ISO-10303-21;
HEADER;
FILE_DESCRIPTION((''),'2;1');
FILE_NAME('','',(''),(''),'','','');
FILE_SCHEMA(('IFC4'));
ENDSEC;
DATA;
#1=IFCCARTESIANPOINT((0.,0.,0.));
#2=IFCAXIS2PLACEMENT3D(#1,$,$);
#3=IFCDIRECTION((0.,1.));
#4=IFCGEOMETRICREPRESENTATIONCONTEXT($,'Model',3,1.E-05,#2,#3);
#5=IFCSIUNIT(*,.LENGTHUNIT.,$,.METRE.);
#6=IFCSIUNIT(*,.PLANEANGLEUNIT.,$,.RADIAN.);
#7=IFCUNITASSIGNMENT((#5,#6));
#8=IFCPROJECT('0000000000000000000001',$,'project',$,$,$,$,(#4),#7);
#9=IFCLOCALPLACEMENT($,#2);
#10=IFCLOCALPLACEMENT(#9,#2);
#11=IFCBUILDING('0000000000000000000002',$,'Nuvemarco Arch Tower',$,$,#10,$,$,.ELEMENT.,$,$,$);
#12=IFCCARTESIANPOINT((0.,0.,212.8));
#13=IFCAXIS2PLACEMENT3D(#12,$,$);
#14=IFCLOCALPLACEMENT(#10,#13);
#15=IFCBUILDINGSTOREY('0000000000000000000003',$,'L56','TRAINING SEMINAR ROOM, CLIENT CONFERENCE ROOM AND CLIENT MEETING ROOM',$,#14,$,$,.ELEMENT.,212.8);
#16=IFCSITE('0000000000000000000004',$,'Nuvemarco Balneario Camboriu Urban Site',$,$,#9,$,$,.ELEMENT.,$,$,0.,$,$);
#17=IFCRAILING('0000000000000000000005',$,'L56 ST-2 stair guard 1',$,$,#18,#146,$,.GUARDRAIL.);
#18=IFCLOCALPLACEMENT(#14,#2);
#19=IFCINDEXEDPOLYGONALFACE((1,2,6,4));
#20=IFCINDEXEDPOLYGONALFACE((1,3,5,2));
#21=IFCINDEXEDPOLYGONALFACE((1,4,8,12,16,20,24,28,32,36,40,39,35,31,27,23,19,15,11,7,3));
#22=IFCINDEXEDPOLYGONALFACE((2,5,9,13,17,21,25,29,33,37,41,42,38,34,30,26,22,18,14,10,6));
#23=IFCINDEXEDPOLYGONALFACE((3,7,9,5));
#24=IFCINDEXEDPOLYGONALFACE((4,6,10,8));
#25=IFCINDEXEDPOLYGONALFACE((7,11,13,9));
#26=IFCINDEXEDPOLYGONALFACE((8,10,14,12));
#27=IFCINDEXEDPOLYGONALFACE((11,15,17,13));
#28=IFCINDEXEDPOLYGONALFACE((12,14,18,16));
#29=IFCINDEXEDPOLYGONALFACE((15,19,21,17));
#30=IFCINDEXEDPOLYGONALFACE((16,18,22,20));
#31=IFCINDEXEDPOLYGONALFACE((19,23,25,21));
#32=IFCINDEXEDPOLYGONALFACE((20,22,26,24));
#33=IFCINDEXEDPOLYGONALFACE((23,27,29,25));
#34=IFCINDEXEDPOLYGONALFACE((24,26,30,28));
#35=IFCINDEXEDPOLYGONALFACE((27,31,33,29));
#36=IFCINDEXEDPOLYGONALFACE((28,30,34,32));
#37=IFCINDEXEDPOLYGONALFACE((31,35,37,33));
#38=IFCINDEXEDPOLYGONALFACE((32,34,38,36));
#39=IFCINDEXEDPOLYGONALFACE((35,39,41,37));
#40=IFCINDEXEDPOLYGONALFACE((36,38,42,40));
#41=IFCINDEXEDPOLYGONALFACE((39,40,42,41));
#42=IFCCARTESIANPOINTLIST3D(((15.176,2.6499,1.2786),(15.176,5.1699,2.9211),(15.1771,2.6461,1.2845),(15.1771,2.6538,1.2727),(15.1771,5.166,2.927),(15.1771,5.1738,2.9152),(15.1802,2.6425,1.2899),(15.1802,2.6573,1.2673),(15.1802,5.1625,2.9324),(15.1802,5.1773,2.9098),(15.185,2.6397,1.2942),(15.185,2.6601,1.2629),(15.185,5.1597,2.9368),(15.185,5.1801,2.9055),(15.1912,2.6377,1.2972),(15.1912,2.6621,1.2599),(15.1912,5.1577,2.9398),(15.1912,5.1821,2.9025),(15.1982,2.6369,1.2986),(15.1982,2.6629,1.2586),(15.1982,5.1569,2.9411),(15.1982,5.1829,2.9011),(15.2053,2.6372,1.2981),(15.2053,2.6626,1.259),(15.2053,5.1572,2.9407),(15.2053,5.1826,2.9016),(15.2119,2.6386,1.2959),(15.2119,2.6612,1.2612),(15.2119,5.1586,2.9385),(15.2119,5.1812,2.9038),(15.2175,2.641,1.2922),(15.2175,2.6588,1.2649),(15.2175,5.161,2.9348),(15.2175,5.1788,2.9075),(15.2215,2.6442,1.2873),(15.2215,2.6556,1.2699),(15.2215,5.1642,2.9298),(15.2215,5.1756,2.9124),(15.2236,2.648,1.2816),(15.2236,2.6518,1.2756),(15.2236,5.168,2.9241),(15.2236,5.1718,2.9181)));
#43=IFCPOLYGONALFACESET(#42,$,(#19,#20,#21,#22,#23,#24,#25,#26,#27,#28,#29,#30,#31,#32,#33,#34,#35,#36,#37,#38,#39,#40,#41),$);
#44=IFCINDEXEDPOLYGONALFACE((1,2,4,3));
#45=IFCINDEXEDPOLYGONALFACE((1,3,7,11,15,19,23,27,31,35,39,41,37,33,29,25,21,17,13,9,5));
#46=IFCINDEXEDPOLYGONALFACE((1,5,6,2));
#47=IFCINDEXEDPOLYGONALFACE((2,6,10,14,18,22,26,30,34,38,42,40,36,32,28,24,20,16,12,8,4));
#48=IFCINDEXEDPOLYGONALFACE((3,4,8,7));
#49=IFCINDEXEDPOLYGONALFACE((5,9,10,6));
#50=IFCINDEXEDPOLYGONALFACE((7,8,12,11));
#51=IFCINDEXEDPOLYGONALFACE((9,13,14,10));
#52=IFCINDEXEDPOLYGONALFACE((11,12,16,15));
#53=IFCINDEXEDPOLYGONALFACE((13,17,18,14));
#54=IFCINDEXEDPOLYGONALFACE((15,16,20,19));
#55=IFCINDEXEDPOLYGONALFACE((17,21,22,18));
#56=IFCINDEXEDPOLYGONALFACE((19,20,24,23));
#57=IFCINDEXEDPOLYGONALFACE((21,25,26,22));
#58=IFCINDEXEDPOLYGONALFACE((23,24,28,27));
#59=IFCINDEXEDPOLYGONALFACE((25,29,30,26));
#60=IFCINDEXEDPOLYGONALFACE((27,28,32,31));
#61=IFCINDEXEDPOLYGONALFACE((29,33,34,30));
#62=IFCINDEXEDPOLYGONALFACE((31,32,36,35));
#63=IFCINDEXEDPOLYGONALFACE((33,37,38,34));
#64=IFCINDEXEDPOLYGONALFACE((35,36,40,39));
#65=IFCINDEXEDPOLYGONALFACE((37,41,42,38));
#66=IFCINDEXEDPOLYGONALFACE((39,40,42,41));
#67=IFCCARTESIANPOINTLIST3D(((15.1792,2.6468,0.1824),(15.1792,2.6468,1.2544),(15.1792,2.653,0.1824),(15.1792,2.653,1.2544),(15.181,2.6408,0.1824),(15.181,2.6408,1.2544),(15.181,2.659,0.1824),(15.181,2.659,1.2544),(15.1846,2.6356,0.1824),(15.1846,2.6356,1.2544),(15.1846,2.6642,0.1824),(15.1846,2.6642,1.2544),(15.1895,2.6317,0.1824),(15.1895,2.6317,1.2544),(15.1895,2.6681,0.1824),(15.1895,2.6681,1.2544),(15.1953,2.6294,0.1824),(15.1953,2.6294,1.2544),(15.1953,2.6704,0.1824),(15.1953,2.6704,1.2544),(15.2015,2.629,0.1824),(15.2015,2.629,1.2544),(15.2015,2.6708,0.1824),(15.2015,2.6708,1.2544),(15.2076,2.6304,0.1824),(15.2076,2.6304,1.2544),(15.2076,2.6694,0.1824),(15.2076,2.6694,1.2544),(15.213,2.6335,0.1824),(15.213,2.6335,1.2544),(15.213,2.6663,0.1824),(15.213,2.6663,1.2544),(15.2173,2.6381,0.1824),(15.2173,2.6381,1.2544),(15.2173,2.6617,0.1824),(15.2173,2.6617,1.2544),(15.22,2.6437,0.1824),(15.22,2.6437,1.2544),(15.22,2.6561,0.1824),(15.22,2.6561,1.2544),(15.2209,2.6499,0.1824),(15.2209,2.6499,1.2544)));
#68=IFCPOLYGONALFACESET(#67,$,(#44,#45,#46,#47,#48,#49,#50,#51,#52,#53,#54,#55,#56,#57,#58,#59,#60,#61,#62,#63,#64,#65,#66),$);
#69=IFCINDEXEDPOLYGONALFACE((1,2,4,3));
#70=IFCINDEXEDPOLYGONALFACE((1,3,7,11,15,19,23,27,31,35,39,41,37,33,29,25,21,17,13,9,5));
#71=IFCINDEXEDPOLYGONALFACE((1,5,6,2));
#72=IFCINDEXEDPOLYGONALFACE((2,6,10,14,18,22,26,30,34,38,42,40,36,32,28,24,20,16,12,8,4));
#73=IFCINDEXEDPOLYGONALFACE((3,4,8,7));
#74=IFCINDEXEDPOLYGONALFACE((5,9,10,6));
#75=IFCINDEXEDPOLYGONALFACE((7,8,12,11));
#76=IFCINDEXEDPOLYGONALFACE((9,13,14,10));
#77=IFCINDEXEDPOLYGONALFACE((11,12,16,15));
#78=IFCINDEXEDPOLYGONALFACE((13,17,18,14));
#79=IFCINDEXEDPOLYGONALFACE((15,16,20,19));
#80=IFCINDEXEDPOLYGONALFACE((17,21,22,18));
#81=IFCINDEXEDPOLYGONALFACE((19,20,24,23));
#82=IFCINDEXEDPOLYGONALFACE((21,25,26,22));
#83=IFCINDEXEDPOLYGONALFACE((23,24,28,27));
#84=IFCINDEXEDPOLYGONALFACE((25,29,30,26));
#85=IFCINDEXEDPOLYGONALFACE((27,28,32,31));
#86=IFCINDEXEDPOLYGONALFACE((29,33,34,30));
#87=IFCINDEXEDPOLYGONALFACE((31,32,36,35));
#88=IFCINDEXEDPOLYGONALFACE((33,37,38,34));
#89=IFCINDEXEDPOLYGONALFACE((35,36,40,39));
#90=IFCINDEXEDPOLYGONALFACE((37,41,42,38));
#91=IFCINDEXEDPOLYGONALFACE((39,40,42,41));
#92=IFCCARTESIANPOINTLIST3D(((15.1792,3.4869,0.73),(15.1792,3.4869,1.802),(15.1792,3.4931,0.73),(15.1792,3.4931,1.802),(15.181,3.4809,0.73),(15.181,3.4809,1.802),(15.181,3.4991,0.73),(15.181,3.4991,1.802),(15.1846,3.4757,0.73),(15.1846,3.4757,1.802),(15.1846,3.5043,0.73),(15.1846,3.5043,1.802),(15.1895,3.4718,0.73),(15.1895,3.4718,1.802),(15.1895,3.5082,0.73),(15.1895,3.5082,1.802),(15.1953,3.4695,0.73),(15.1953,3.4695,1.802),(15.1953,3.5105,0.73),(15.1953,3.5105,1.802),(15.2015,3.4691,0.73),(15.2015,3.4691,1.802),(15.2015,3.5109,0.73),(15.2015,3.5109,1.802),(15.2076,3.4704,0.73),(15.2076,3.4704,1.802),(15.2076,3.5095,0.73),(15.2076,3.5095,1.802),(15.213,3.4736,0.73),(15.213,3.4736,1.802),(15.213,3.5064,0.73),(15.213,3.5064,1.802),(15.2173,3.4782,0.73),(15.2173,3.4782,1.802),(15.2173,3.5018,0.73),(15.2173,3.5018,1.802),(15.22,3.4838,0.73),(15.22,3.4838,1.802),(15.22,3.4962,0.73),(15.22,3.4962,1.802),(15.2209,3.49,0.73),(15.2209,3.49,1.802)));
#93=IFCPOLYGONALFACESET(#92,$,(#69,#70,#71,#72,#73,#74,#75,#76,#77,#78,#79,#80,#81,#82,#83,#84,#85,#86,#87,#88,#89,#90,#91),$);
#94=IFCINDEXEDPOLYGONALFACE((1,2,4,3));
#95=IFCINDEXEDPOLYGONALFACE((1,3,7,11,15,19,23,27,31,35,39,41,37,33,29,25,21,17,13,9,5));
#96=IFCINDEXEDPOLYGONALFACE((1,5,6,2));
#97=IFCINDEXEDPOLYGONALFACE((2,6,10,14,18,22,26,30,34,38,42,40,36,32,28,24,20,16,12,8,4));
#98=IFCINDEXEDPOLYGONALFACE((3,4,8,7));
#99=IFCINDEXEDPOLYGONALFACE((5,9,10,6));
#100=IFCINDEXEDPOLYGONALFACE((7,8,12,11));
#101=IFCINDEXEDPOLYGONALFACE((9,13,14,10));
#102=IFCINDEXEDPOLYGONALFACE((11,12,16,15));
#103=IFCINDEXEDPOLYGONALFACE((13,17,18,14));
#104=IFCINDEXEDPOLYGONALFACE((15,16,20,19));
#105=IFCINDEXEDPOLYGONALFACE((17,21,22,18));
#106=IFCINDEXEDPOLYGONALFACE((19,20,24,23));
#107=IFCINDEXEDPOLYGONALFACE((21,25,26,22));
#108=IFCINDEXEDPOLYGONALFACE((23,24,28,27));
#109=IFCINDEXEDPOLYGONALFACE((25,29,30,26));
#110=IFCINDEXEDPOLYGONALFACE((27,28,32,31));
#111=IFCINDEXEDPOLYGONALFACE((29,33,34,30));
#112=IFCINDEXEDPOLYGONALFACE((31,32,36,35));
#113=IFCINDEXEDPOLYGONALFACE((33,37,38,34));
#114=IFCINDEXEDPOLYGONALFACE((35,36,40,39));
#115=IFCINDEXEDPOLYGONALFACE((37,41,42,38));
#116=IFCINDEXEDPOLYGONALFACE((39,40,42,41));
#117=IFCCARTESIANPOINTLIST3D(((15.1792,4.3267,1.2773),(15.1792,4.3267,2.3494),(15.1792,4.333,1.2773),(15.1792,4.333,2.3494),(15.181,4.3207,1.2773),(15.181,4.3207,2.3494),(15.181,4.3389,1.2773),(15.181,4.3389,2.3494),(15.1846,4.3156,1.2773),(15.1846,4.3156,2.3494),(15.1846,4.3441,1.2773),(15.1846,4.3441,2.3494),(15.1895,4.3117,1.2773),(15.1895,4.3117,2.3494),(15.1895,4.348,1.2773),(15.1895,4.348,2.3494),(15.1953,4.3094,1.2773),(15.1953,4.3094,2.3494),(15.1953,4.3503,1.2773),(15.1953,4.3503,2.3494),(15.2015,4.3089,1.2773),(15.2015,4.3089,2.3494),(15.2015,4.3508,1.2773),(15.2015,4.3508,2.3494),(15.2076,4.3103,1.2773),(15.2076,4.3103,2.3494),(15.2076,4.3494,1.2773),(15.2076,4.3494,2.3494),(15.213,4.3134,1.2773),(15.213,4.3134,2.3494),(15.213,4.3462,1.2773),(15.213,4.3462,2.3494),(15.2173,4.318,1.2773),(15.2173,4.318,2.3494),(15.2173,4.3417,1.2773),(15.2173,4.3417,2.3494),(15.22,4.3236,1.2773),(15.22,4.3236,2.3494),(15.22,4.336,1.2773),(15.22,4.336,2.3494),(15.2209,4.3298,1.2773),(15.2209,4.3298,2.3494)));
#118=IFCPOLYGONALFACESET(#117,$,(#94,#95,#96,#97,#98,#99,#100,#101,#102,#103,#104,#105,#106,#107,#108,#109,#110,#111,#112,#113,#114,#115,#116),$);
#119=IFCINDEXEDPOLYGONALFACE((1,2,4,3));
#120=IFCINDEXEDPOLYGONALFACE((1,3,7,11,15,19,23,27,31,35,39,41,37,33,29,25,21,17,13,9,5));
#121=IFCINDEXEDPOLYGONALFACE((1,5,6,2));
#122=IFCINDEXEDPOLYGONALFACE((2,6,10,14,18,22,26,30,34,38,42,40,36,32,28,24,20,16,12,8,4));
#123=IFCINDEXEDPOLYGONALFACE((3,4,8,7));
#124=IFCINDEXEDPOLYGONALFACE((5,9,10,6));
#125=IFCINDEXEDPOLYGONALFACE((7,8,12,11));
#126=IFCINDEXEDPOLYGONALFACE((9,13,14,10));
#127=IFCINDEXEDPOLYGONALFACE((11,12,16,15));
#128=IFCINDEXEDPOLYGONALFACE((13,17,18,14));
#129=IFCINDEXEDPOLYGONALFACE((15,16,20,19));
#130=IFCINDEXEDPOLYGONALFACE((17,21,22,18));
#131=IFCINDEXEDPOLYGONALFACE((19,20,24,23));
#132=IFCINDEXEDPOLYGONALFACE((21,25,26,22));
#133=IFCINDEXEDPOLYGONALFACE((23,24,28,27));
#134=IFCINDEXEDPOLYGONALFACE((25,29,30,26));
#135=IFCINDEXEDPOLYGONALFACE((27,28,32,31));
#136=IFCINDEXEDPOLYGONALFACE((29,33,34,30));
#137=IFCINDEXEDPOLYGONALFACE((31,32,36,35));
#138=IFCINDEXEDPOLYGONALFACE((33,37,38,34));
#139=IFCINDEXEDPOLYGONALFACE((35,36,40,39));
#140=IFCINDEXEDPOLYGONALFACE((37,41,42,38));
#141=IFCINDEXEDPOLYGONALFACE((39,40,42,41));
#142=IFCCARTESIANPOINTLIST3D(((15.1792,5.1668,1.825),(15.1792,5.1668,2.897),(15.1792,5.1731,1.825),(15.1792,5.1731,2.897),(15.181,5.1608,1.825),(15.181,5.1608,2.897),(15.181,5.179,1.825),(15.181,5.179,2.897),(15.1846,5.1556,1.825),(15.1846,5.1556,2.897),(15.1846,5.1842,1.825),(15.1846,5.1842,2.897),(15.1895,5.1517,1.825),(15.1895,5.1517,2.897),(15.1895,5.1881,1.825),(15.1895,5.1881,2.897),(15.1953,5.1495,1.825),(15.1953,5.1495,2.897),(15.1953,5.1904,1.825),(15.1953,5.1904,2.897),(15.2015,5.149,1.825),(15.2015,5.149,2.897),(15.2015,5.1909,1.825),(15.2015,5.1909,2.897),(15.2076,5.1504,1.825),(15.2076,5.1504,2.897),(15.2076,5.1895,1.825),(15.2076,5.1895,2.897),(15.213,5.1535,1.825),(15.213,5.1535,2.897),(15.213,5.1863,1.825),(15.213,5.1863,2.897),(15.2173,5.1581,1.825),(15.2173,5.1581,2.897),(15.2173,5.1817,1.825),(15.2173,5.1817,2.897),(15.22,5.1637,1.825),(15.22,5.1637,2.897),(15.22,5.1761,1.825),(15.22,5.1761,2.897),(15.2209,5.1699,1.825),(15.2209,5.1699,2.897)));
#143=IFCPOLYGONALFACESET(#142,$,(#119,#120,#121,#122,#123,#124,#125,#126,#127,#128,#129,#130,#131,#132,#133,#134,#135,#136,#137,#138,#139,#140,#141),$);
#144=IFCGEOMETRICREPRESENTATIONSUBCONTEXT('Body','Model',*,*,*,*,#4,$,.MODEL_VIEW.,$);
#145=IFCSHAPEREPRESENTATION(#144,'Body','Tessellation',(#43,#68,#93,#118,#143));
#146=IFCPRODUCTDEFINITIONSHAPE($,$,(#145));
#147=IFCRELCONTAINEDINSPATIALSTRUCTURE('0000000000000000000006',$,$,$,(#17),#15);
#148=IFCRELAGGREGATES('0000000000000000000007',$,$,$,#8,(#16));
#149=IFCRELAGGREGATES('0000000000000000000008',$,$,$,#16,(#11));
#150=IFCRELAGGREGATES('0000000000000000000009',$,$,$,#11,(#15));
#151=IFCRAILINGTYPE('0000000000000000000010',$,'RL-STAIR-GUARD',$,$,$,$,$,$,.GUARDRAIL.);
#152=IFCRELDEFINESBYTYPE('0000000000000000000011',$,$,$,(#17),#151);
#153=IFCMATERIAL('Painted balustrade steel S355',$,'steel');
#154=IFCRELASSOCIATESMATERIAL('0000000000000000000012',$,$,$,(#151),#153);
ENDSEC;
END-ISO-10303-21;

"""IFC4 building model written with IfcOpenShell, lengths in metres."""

from ifc_helpers import new_model, si_unit, direction, frame, origin, origin_2d, place, context, subcontext, project, spatial, circle, extrude, material, type_object, element, save


model = new_model("IFC4")

# Units and contexts
model_context = context("Model", 3, precision=1e-05, world=origin(), true_north=direction((0.0, 1.0)))
body_context = subcontext(model_context, "Body", "Model", "MODEL_VIEW")
ifc_project = project(units=[si_unit("LENGTHUNIT", "METRE"), si_unit("PLANEANGLEUNIT", "RADIAN")], contexts=[model_context])

# Site, building, storey
site_placement = place(None, origin())
site = spatial("IfcSite", under=ifc_project, at=site_placement, Name="Nuvemarco Balneario Camboriu Urban Site", CompositionType="ELEMENT", RefElevation=0.0)
building_placement = place(site_placement, origin())
building = spatial("IfcBuilding", under=site, at=building_placement, Name="Nuvemarco Arch Tower", CompositionType="ELEMENT")
storey_placement = place(building_placement, frame((0.0, 0.0, 212.8)))
storey = spatial("IfcBuildingStorey", under=building, at=storey_placement, Name="L56", Description="TRAINING SEMINAR ROOM, CLIENT CONFERENCE ROOM AND CLIENT MEETING ROOM", CompositionType="ELEMENT", Elevation=212.8)

# Railing
ifc_material_1 = material(Name="Painted balustrade steel S355", Category="steel")
railing_type_1 = type_object("IfcRailingType", Name="RL-STAIR-GUARD", PredefinedType="GUARDRAIL", material=ifc_material_1)
railing_1_placement = place(storey_placement, frame((15.2, 2.6499, 0.1824)))
element("IfcRailing", 1, at=railing_1_placement, inside=storey, type_object=railing_type_1, Name="L56 ST-2 stair guard 1", PredefinedType="GUARDRAIL", context=body_context, shape_type="SweptSolid", body=[
    extrude(circle(Radius=0.0239, at=origin_2d()), frame((0.0, 0.0, 1.0962), z_axis=(0.0, 0.837749, 0.546055), x_axis=(-1.0, 0.0, 0.0)), (0.0, 0.0, 1.0), 3.0081),
    extrude(circle(Radius=0.021, at=origin_2d()), origin(), (0.0, 0.0, 1.0), 1.072),
    extrude(circle(Radius=0.021, at=origin_2d()), frame((0.0, 0.8401, 0.5476)), (0.0, 0.0, 1.0), 1.072),
    extrude(circle(Radius=0.021, at=origin_2d()), frame((0.0, 1.6799, 1.095)), (0.0, 0.0, 1.0), 1.072),
    extrude(circle(Radius=0.021, at=origin_2d()), frame((0.0, 2.52, 1.6426)), (0.0, 0.0, 1.0), 1.072),
])

save(model, "model.ifc")
